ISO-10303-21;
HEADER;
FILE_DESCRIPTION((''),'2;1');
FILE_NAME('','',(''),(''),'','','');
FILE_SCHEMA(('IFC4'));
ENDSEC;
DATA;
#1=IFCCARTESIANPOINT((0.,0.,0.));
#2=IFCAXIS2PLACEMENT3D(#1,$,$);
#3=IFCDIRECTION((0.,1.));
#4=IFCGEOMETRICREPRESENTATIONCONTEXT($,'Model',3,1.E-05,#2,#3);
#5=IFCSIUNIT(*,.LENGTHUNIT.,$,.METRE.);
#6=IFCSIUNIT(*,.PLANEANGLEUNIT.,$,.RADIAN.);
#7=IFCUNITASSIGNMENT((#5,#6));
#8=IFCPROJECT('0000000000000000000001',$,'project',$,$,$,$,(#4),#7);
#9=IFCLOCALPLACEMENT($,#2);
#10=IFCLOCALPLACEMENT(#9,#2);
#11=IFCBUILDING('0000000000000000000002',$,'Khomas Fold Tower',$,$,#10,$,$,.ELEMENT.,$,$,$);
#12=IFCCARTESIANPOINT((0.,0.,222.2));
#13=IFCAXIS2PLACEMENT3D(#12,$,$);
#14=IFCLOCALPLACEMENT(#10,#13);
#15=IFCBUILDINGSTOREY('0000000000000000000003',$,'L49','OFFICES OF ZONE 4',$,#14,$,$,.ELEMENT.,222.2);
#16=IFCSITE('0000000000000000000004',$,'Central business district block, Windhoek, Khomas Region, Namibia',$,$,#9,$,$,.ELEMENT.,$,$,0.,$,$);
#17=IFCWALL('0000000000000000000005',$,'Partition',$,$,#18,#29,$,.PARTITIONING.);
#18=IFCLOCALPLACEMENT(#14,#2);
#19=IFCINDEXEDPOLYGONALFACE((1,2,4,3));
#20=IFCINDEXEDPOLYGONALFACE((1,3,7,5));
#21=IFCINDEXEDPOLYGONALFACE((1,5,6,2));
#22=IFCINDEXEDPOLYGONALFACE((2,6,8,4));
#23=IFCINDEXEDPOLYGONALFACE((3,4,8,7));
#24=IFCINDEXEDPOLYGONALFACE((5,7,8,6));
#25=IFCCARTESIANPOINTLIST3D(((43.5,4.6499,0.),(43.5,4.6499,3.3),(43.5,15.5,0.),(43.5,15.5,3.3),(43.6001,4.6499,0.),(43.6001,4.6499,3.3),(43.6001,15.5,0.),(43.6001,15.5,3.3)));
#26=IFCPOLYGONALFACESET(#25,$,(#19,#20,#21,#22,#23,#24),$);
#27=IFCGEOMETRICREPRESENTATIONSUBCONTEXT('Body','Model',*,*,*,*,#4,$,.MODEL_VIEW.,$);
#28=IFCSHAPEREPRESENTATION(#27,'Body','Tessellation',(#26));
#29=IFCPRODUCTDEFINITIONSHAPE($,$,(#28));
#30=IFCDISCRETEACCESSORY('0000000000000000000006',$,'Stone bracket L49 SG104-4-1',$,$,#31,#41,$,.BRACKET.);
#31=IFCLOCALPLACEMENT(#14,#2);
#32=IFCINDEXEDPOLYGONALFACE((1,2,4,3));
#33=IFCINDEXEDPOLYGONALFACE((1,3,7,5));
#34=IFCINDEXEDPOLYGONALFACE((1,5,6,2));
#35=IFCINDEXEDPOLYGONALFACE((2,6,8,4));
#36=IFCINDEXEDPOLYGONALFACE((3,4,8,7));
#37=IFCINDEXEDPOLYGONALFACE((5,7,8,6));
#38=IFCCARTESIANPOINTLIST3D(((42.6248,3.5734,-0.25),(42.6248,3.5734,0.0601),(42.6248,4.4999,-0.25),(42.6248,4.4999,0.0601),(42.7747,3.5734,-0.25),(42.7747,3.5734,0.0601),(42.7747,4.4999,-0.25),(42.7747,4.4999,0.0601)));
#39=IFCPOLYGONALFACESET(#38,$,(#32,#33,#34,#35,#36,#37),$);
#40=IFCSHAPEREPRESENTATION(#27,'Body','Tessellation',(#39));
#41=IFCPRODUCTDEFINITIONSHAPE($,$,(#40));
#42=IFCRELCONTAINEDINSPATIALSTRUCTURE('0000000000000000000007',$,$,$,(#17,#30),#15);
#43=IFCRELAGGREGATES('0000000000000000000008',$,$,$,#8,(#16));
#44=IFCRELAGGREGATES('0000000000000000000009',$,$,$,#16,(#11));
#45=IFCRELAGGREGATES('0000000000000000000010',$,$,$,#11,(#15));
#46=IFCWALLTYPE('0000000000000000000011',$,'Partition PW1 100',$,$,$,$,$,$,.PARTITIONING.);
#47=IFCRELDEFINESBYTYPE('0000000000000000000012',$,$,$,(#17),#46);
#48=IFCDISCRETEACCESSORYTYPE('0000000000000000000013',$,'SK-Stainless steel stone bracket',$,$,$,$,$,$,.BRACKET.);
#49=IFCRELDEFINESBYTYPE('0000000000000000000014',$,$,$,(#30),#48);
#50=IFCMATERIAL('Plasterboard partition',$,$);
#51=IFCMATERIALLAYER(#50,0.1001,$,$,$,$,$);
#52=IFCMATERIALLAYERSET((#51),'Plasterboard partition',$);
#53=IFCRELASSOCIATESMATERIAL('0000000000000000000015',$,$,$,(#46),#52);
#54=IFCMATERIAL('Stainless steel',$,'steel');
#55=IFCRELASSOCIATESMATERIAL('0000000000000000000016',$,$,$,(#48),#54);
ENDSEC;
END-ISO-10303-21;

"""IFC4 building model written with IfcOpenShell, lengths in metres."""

from ifc_helpers import new_model, si_unit, direction, frame, frame_2d, origin, origin_2d, place, context, subcontext, project, spatial, rectangle, extrude, source, transform, mapped, material, layer, layer_set, type_object, element, save


model = new_model("IFC4")

# Units and contexts
model_context = context("Model", 3, precision=1e-05, world=origin(), true_north=direction((0.0, 1.0)))
body_context = subcontext(model_context, "Body", "Model", "MODEL_VIEW")
ifc_project = project(units=[si_unit("LENGTHUNIT", "METRE"), si_unit("PLANEANGLEUNIT", "RADIAN")], contexts=[model_context])

# Site, building, storey
site_placement = place(None, origin())
site = spatial("IfcSite", under=ifc_project, at=site_placement, Name="Central business district block, Windhoek, Khomas Region, Namibia", CompositionType="ELEMENT", RefElevation=0.0)
building_placement = place(site_placement, origin())
building = spatial("IfcBuilding", under=site, at=building_placement, Name="Khomas Fold Tower", CompositionType="ELEMENT")
storey_placement = place(building_placement, frame((0.0, 0.0, 222.2)))
storey = spatial("IfcBuildingStorey", under=building, at=storey_placement, Name="L49", Description="OFFICES OF ZONE 4", CompositionType="ELEMENT", Elevation=222.2)

# Wall
ifc_material_1 = material(Name="Plasterboard partition")
ifc_layer_1 = layer(ifc_material_1, 0.1001)
ifc_layer_set_1 = layer_set([ifc_layer_1], Name="Plasterboard partition")
wall_type_1 = type_object("IfcWallType", Name="Partition PW1 100", PredefinedType="PARTITIONING", material=ifc_layer_set_1)
shared_shape_1 = source(origin(), body_context, "Body", "SweptSolid", [
    extrude(rectangle(XDim=10.8501, YDim=0.1001, at=frame_2d((5.425, 0.0))), origin(), (0.0, 0.0, 1.0), 3.3),
])
wall_1_placement = place(storey_placement, frame((43.55, 4.6499, 0.0), z_axis=(0.0, 0.0, 1.0), x_axis=(0.0, 1.0, 0.0)))
element("IfcWall", 1, at=wall_1_placement, inside=storey, type_object=wall_type_1, Name="Partition", PredefinedType="PARTITIONING", context=body_context, shape_type="MappedRepresentation", body=[
    mapped(shared_shape_1, transform((0.0, 0.0, 0.0))),
])

# Discrete accessory
ifc_material_2 = material(Name="Stainless steel", Category="steel")
discrete_accessory_type = type_object("IfcDiscreteAccessoryType", Name="SK-Stainless steel stone bracket", PredefinedType="BRACKET", material=ifc_material_2)
shared_shape_2 = source(origin(), body_context, "Body", "SweptSolid", [
    extrude(rectangle(XDim=0.9265, YDim=0.1499, at=origin_2d()), origin(), (0.0, 0.0, 1.0), 0.3101),
])
discrete_accessory_placement = place(storey_placement, frame((42.6997, 4.0366, -0.25), z_axis=(0.0, 0.0, 1.0), x_axis=(0.0, -1.0, 0.0)))
element("IfcDiscreteAccessory", 2, at=discrete_accessory_placement, inside=storey, type_object=discrete_accessory_type, Name="Stone bracket L49 SG104-4-1", PredefinedType="BRACKET", context=body_context, shape_type="MappedRepresentation", body=[
    mapped(shared_shape_2, transform((0.0, 0.0, 0.0))),
])

save(model, "model.ifc")
